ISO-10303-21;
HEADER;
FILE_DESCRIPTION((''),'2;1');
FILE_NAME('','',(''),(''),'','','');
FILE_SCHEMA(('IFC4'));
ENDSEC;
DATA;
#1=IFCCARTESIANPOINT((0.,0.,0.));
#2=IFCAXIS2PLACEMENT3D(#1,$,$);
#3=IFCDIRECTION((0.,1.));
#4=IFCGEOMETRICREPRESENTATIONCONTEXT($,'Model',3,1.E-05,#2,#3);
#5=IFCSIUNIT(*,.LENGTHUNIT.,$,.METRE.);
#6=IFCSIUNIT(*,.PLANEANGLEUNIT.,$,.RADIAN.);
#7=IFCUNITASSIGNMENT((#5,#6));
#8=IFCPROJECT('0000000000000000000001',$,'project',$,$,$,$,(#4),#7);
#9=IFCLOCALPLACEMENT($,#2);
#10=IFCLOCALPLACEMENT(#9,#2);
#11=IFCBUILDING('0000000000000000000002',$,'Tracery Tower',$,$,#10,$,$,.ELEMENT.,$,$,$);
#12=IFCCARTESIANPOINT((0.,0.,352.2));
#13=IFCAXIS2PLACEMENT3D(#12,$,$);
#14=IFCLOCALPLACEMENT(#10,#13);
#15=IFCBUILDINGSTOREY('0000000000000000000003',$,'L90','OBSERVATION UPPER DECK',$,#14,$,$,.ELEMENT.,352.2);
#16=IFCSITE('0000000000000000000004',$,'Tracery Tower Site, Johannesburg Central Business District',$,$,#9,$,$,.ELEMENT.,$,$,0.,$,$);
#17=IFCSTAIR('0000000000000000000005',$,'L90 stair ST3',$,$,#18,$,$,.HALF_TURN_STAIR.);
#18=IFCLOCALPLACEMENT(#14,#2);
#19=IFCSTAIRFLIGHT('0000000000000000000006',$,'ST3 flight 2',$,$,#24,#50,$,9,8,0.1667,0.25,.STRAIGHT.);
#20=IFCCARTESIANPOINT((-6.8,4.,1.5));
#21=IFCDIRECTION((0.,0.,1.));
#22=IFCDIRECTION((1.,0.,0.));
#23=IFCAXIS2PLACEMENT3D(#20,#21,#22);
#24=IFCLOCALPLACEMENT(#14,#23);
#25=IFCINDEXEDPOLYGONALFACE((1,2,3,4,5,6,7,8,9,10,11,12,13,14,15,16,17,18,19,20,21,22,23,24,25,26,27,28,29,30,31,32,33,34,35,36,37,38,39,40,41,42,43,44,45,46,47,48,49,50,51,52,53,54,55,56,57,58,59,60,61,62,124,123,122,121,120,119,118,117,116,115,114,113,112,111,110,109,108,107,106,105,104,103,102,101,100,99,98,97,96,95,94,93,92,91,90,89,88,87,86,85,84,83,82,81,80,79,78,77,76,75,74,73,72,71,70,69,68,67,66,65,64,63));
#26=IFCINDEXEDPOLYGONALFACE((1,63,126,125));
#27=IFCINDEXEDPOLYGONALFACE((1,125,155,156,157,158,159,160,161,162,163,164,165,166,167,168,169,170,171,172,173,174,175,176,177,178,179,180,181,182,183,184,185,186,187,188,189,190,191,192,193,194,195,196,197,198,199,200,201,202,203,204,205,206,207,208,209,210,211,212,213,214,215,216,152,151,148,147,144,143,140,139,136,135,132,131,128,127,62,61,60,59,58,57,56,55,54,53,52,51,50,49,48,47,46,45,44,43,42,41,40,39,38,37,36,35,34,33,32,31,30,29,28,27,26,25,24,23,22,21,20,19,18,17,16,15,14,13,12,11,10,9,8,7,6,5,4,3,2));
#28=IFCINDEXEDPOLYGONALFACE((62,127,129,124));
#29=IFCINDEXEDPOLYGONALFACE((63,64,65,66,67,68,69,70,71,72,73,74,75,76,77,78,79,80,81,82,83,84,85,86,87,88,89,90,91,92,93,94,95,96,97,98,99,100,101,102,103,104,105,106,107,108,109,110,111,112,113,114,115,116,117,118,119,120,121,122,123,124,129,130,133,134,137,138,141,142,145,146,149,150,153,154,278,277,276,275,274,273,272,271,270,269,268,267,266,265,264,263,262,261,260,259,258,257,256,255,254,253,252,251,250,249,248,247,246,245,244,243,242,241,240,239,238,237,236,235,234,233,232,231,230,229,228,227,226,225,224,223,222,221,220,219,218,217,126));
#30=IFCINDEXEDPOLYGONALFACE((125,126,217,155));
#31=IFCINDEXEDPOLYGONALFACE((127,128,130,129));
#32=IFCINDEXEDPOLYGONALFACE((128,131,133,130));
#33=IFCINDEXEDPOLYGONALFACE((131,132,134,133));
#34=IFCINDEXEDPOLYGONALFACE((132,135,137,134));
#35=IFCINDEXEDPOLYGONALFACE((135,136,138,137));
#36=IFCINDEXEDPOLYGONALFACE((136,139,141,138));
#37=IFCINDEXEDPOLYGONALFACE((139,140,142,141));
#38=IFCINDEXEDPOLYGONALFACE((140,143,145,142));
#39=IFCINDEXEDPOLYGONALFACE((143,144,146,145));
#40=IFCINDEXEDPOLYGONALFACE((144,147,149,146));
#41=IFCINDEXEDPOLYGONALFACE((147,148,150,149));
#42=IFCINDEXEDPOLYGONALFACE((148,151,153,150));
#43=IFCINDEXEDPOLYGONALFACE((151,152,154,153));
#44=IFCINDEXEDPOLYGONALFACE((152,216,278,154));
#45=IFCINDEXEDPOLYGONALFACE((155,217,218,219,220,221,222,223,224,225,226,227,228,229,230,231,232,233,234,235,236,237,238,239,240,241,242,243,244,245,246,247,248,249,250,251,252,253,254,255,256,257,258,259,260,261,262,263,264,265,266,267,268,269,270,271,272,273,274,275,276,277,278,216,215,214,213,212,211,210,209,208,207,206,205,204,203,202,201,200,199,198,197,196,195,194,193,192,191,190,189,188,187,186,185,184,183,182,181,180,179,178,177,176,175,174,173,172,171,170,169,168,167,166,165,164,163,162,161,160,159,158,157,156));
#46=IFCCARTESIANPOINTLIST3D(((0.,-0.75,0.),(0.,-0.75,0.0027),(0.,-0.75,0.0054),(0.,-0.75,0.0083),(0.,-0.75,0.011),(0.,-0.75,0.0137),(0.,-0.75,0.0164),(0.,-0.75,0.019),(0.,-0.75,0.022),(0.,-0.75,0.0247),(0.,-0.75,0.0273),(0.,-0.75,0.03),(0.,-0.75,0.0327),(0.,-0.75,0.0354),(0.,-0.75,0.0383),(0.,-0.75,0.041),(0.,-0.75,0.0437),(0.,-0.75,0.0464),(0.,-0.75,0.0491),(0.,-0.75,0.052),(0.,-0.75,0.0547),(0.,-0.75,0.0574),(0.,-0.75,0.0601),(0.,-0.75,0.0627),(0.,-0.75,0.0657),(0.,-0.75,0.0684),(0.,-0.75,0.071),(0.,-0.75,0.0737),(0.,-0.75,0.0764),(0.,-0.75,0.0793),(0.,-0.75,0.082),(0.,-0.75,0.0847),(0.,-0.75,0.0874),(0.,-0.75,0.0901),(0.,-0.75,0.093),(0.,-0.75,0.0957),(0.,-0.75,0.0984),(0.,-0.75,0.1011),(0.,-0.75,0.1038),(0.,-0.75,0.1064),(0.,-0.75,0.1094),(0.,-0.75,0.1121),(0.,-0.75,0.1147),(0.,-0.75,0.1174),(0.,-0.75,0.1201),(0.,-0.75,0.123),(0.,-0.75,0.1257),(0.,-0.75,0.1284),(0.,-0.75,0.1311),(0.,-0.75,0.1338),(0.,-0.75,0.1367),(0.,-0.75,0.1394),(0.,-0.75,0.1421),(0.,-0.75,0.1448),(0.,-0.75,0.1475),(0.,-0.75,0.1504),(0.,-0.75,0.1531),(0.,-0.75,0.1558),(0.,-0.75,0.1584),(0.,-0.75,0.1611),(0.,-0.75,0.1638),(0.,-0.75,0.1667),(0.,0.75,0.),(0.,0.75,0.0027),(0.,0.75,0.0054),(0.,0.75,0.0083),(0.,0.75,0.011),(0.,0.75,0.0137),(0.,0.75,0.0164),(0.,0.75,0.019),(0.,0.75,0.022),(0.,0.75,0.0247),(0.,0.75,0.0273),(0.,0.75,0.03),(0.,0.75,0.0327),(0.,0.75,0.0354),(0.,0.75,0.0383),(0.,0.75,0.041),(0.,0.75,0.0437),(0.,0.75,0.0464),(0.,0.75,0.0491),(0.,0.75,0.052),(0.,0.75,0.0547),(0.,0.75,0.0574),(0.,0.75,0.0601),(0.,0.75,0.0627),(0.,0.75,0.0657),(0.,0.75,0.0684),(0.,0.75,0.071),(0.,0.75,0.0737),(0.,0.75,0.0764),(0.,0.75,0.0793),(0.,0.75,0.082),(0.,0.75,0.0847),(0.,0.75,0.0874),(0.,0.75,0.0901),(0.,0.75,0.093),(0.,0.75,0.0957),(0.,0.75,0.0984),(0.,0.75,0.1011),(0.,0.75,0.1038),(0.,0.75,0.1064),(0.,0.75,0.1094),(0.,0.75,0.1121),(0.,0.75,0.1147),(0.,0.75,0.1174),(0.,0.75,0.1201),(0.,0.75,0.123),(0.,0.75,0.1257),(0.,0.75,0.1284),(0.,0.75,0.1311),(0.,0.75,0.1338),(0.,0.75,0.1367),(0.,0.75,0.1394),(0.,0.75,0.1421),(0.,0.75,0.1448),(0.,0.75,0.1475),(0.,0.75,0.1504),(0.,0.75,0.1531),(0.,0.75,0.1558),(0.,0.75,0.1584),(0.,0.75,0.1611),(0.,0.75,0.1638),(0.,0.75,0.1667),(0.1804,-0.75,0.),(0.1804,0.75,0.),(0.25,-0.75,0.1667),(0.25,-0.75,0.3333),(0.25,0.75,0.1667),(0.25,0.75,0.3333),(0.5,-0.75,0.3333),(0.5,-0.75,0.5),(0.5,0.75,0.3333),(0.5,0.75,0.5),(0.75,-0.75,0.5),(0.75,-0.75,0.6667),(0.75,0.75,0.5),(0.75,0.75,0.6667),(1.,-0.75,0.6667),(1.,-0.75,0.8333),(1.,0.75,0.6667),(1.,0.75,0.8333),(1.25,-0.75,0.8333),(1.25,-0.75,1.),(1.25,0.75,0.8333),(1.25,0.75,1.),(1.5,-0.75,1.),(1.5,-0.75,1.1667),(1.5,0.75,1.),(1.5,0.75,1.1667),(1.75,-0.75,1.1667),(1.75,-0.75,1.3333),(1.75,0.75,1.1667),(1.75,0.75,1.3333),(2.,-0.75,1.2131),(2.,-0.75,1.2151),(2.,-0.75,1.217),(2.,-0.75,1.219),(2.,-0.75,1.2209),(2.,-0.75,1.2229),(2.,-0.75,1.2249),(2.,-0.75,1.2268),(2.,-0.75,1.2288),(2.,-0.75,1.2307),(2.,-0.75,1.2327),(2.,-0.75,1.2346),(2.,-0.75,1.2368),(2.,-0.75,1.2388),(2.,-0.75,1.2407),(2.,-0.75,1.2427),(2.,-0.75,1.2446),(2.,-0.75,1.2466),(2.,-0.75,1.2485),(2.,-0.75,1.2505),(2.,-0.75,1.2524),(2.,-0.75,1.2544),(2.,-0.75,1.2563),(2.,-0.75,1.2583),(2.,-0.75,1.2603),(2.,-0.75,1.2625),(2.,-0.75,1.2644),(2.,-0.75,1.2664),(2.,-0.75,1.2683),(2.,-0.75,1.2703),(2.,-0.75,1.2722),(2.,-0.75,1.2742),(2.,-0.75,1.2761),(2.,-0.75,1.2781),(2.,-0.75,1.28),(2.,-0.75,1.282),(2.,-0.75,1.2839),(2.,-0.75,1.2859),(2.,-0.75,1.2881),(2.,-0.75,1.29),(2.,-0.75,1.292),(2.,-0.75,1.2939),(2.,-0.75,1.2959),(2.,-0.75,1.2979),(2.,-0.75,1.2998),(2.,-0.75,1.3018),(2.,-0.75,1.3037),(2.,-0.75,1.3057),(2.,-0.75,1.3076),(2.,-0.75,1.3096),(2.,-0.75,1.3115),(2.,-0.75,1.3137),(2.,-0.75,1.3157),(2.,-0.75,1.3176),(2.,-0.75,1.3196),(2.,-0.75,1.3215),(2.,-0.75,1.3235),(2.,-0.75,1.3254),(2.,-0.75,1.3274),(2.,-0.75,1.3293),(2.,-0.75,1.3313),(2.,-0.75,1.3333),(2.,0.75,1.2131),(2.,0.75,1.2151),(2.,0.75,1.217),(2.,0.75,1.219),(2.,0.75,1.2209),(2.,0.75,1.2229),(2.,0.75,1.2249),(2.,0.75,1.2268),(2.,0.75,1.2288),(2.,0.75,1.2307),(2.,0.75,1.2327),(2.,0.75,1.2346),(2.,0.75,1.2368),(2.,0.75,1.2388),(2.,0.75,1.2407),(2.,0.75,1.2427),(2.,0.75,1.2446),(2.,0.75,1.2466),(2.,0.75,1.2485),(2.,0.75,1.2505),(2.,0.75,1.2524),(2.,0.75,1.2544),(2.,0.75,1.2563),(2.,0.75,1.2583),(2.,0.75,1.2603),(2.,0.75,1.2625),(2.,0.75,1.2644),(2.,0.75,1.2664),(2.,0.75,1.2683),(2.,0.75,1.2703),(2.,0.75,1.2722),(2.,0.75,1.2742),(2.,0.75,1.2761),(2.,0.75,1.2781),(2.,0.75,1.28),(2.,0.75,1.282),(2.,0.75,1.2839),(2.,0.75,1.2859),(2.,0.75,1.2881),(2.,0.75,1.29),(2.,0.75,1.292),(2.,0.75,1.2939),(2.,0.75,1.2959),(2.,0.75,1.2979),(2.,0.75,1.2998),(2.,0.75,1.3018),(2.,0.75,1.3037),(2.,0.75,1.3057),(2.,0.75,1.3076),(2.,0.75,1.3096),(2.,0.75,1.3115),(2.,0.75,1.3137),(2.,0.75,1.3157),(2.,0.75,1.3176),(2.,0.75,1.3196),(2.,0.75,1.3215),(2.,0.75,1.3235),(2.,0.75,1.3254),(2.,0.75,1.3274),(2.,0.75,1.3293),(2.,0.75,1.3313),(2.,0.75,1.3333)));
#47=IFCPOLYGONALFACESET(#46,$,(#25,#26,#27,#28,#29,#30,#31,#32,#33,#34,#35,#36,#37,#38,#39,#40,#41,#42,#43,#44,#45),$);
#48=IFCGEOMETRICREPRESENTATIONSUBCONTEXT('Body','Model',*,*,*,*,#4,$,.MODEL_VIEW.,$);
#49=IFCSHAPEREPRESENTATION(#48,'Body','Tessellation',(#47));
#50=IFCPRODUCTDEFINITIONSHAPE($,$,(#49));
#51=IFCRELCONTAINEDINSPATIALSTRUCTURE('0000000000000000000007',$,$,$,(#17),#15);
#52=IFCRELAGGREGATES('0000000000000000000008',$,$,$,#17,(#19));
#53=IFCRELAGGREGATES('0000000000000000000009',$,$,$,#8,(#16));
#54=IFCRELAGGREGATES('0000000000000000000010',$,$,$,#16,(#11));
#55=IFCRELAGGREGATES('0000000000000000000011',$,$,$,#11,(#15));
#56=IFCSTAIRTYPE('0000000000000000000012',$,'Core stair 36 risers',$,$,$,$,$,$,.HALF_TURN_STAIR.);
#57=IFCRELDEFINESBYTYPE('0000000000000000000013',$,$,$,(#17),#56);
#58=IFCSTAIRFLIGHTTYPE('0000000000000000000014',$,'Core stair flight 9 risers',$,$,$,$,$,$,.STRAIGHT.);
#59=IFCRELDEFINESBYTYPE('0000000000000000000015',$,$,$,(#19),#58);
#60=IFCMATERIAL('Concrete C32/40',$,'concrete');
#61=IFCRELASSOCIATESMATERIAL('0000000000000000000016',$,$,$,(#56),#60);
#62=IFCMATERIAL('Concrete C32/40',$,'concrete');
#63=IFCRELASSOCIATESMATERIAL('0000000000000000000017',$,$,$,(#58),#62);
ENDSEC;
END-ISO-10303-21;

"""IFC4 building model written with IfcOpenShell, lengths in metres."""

from ifc_helpers import new_model, si_unit, direction, frame, origin, place, context, subcontext, project, spatial, polyline, outline, extrude, material, type_object, element, aggregate, save


model = new_model("IFC4")

# Units and contexts
model_context = context("Model", 3, precision=1e-05, world=origin(), true_north=direction((0.0, 1.0)))
body_context = subcontext(model_context, "Body", "Model", "MODEL_VIEW")
ifc_project = project(units=[si_unit("LENGTHUNIT", "METRE"), si_unit("PLANEANGLEUNIT", "RADIAN")], contexts=[model_context])

# Site, building, storey
site_placement = place(None, origin())
site = spatial("IfcSite", under=ifc_project, at=site_placement, Name="Tracery Tower Site, Johannesburg Central Business District", CompositionType="ELEMENT", RefElevation=0.0)
building_placement = place(site_placement, origin())
building = spatial("IfcBuilding", under=site, at=building_placement, Name="Tracery Tower", CompositionType="ELEMENT")
storey_placement = place(building_placement, frame((0.0, 0.0, 352.2)))
storey = spatial("IfcBuildingStorey", under=building, at=storey_placement, Name="L90", Description="OBSERVATION UPPER DECK", CompositionType="ELEMENT", Elevation=352.2)

# Shared definitions
ifc_material_1 = material(Name="Concrete C32/40", Category="concrete")
stair_type = type_object("IfcStairType", Name="Core stair 36 risers", PredefinedType="HALF_TURN_STAIR", material=ifc_material_1)

# Stair, stair flight
stair_1_placement = place(storey_placement, origin())
stair_1 = element("IfcStair", 1, at=stair_1_placement, inside=storey, type_object=stair_type, Name="L90 stair ST3", PredefinedType="HALF_TURN_STAIR")
ifc_material_2 = material(Name="Concrete C32/40", Category="concrete")
stair_flight_type = type_object("IfcStairFlightType", Name="Core stair flight 9 risers", PredefinedType="STRAIGHT", material=ifc_material_2)
stair_flight_1_placement = place(storey_placement, frame((-6.8, 4.0, 1.5), z_axis=(0.0, 0.0, 1.0), x_axis=(1.0, 0.0, 0.0)))
stair_flight_1 = element("IfcStairFlight", 2, at=stair_flight_1_placement, type_object=stair_flight_type, Name="ST3 flight 2", NumberOfRisers=9, NumberOfTreads=8, PredefinedType="STRAIGHT", RiserHeight=0.1667, TreadLength=0.25, context=body_context, shape_type="SweptSolid", body=[
    extrude(outline(polyline([(0.0, 0.0), (0.0, 0.0027), (0.0, 0.0054), (0.0, 0.0083), (0.0, 0.011), (0.0, 0.0137), (0.0, 0.0164), (0.0, 0.019), (0.0, 0.022), (0.0, 0.0247), (0.0, 0.0273), (0.0, 0.03), (0.0, 0.0327), (0.0, 0.0354), (0.0, 0.0383), (0.0, 0.041), (0.0, 0.0437), (0.0, 0.0464), (0.0, 0.0491), (0.0, 0.052), (0.0, 0.0547), (0.0, 0.0574), (0.0, 0.0601), (0.0, 0.0627), (0.0, 0.0657), (0.0, 0.0684), (0.0, 0.071), (0.0, 0.0737), (0.0, 0.0764), (0.0, 0.0793), (0.0, 0.082), (0.0, 0.0847), (0.0, 0.0874), (0.0, 0.0901), (0.0, 0.093), (0.0, 0.0957), (0.0, 0.0984), (0.0, 0.1011), (0.0, 0.1038), (0.0, 0.1064), (0.0, 0.1094), (0.0, 0.1121), (0.0, 0.1147), (0.0, 0.1174), (0.0, 0.1201), (0.0, 0.123), (0.0, 0.1257), (0.0, 0.1284), (0.0, 0.1311), (0.0, 0.1338), (0.0, 0.1367), (0.0, 0.1394), (0.0, 0.1421), (0.0, 0.1448), (0.0, 0.1475), (0.0, 0.1504), (0.0, 0.1531), (0.0, 0.1558), (0.0, 0.1584), (0.0, 0.1611), (0.0, 0.1638), (0.0, 0.1667), (0.25, 0.1667), (0.25, 0.3333), (0.5, 0.3333), (0.5, 0.5), (0.75, 0.5), (0.75, 0.6667), (1.0, 0.6667), (1.0, 0.8333), (1.25, 0.8333), (1.25, 1.0), (1.5, 1.0), (1.5, 1.1667), (1.75, 1.1667), (1.75, 1.3333), (2.0, 1.3333), (2.0, 1.3313), (2.0, 1.3293), (2.0, 1.3274), (2.0, 1.3254), (2.0, 1.3235), (2.0, 1.3215), (2.0, 1.3196), (2.0, 1.3176), (2.0, 1.3157), (2.0, 1.3137), (2.0, 1.3115), (2.0, 1.3096), (2.0, 1.3076), (2.0, 1.3057), (2.0, 1.3037), (2.0, 1.3018), (2.0, 1.2998), (2.0, 1.2979), (2.0, 1.2959), (2.0, 1.2939), (2.0, 1.292), (2.0, 1.29), (2.0, 1.2881), (2.0, 1.2859), (2.0, 1.2839), (2.0, 1.282), (2.0, 1.28), (2.0, 1.2781), (2.0, 1.2761), (2.0, 1.2742), (2.0, 1.2722), (2.0, 1.2703), (2.0, 1.2683), (2.0, 1.2664), (2.0, 1.2644), (2.0, 1.2625), (2.0, 1.2603), (2.0, 1.2583), (2.0, 1.2563), (2.0, 1.2544), (2.0, 1.2524), (2.0, 1.2505), (2.0, 1.2485), (2.0, 1.2466), (2.0, 1.2446), (2.0, 1.2427), (2.0, 1.2407), (2.0, 1.2388), (2.0, 1.2368), (2.0, 1.2346), (2.0, 1.2327), (2.0, 1.2307), (2.0, 1.2288), (2.0, 1.2268), (2.0, 1.2249), (2.0, 1.2229), (2.0, 1.2209), (2.0, 1.219), (2.0, 1.217), (2.0, 1.2151), (2.0, 1.2131), (0.1804, 0.0), (0.0, 0.0)])), frame((0.0, 0.75, 0.0), z_axis=(0.0, -1.0, 0.0), x_axis=(1.0, 0.0, 0.0)), (0.0, 0.0, 1.0), 1.5),
])
aggregate(stair_1, [stair_flight_1])

save(model, "model.ifc")
